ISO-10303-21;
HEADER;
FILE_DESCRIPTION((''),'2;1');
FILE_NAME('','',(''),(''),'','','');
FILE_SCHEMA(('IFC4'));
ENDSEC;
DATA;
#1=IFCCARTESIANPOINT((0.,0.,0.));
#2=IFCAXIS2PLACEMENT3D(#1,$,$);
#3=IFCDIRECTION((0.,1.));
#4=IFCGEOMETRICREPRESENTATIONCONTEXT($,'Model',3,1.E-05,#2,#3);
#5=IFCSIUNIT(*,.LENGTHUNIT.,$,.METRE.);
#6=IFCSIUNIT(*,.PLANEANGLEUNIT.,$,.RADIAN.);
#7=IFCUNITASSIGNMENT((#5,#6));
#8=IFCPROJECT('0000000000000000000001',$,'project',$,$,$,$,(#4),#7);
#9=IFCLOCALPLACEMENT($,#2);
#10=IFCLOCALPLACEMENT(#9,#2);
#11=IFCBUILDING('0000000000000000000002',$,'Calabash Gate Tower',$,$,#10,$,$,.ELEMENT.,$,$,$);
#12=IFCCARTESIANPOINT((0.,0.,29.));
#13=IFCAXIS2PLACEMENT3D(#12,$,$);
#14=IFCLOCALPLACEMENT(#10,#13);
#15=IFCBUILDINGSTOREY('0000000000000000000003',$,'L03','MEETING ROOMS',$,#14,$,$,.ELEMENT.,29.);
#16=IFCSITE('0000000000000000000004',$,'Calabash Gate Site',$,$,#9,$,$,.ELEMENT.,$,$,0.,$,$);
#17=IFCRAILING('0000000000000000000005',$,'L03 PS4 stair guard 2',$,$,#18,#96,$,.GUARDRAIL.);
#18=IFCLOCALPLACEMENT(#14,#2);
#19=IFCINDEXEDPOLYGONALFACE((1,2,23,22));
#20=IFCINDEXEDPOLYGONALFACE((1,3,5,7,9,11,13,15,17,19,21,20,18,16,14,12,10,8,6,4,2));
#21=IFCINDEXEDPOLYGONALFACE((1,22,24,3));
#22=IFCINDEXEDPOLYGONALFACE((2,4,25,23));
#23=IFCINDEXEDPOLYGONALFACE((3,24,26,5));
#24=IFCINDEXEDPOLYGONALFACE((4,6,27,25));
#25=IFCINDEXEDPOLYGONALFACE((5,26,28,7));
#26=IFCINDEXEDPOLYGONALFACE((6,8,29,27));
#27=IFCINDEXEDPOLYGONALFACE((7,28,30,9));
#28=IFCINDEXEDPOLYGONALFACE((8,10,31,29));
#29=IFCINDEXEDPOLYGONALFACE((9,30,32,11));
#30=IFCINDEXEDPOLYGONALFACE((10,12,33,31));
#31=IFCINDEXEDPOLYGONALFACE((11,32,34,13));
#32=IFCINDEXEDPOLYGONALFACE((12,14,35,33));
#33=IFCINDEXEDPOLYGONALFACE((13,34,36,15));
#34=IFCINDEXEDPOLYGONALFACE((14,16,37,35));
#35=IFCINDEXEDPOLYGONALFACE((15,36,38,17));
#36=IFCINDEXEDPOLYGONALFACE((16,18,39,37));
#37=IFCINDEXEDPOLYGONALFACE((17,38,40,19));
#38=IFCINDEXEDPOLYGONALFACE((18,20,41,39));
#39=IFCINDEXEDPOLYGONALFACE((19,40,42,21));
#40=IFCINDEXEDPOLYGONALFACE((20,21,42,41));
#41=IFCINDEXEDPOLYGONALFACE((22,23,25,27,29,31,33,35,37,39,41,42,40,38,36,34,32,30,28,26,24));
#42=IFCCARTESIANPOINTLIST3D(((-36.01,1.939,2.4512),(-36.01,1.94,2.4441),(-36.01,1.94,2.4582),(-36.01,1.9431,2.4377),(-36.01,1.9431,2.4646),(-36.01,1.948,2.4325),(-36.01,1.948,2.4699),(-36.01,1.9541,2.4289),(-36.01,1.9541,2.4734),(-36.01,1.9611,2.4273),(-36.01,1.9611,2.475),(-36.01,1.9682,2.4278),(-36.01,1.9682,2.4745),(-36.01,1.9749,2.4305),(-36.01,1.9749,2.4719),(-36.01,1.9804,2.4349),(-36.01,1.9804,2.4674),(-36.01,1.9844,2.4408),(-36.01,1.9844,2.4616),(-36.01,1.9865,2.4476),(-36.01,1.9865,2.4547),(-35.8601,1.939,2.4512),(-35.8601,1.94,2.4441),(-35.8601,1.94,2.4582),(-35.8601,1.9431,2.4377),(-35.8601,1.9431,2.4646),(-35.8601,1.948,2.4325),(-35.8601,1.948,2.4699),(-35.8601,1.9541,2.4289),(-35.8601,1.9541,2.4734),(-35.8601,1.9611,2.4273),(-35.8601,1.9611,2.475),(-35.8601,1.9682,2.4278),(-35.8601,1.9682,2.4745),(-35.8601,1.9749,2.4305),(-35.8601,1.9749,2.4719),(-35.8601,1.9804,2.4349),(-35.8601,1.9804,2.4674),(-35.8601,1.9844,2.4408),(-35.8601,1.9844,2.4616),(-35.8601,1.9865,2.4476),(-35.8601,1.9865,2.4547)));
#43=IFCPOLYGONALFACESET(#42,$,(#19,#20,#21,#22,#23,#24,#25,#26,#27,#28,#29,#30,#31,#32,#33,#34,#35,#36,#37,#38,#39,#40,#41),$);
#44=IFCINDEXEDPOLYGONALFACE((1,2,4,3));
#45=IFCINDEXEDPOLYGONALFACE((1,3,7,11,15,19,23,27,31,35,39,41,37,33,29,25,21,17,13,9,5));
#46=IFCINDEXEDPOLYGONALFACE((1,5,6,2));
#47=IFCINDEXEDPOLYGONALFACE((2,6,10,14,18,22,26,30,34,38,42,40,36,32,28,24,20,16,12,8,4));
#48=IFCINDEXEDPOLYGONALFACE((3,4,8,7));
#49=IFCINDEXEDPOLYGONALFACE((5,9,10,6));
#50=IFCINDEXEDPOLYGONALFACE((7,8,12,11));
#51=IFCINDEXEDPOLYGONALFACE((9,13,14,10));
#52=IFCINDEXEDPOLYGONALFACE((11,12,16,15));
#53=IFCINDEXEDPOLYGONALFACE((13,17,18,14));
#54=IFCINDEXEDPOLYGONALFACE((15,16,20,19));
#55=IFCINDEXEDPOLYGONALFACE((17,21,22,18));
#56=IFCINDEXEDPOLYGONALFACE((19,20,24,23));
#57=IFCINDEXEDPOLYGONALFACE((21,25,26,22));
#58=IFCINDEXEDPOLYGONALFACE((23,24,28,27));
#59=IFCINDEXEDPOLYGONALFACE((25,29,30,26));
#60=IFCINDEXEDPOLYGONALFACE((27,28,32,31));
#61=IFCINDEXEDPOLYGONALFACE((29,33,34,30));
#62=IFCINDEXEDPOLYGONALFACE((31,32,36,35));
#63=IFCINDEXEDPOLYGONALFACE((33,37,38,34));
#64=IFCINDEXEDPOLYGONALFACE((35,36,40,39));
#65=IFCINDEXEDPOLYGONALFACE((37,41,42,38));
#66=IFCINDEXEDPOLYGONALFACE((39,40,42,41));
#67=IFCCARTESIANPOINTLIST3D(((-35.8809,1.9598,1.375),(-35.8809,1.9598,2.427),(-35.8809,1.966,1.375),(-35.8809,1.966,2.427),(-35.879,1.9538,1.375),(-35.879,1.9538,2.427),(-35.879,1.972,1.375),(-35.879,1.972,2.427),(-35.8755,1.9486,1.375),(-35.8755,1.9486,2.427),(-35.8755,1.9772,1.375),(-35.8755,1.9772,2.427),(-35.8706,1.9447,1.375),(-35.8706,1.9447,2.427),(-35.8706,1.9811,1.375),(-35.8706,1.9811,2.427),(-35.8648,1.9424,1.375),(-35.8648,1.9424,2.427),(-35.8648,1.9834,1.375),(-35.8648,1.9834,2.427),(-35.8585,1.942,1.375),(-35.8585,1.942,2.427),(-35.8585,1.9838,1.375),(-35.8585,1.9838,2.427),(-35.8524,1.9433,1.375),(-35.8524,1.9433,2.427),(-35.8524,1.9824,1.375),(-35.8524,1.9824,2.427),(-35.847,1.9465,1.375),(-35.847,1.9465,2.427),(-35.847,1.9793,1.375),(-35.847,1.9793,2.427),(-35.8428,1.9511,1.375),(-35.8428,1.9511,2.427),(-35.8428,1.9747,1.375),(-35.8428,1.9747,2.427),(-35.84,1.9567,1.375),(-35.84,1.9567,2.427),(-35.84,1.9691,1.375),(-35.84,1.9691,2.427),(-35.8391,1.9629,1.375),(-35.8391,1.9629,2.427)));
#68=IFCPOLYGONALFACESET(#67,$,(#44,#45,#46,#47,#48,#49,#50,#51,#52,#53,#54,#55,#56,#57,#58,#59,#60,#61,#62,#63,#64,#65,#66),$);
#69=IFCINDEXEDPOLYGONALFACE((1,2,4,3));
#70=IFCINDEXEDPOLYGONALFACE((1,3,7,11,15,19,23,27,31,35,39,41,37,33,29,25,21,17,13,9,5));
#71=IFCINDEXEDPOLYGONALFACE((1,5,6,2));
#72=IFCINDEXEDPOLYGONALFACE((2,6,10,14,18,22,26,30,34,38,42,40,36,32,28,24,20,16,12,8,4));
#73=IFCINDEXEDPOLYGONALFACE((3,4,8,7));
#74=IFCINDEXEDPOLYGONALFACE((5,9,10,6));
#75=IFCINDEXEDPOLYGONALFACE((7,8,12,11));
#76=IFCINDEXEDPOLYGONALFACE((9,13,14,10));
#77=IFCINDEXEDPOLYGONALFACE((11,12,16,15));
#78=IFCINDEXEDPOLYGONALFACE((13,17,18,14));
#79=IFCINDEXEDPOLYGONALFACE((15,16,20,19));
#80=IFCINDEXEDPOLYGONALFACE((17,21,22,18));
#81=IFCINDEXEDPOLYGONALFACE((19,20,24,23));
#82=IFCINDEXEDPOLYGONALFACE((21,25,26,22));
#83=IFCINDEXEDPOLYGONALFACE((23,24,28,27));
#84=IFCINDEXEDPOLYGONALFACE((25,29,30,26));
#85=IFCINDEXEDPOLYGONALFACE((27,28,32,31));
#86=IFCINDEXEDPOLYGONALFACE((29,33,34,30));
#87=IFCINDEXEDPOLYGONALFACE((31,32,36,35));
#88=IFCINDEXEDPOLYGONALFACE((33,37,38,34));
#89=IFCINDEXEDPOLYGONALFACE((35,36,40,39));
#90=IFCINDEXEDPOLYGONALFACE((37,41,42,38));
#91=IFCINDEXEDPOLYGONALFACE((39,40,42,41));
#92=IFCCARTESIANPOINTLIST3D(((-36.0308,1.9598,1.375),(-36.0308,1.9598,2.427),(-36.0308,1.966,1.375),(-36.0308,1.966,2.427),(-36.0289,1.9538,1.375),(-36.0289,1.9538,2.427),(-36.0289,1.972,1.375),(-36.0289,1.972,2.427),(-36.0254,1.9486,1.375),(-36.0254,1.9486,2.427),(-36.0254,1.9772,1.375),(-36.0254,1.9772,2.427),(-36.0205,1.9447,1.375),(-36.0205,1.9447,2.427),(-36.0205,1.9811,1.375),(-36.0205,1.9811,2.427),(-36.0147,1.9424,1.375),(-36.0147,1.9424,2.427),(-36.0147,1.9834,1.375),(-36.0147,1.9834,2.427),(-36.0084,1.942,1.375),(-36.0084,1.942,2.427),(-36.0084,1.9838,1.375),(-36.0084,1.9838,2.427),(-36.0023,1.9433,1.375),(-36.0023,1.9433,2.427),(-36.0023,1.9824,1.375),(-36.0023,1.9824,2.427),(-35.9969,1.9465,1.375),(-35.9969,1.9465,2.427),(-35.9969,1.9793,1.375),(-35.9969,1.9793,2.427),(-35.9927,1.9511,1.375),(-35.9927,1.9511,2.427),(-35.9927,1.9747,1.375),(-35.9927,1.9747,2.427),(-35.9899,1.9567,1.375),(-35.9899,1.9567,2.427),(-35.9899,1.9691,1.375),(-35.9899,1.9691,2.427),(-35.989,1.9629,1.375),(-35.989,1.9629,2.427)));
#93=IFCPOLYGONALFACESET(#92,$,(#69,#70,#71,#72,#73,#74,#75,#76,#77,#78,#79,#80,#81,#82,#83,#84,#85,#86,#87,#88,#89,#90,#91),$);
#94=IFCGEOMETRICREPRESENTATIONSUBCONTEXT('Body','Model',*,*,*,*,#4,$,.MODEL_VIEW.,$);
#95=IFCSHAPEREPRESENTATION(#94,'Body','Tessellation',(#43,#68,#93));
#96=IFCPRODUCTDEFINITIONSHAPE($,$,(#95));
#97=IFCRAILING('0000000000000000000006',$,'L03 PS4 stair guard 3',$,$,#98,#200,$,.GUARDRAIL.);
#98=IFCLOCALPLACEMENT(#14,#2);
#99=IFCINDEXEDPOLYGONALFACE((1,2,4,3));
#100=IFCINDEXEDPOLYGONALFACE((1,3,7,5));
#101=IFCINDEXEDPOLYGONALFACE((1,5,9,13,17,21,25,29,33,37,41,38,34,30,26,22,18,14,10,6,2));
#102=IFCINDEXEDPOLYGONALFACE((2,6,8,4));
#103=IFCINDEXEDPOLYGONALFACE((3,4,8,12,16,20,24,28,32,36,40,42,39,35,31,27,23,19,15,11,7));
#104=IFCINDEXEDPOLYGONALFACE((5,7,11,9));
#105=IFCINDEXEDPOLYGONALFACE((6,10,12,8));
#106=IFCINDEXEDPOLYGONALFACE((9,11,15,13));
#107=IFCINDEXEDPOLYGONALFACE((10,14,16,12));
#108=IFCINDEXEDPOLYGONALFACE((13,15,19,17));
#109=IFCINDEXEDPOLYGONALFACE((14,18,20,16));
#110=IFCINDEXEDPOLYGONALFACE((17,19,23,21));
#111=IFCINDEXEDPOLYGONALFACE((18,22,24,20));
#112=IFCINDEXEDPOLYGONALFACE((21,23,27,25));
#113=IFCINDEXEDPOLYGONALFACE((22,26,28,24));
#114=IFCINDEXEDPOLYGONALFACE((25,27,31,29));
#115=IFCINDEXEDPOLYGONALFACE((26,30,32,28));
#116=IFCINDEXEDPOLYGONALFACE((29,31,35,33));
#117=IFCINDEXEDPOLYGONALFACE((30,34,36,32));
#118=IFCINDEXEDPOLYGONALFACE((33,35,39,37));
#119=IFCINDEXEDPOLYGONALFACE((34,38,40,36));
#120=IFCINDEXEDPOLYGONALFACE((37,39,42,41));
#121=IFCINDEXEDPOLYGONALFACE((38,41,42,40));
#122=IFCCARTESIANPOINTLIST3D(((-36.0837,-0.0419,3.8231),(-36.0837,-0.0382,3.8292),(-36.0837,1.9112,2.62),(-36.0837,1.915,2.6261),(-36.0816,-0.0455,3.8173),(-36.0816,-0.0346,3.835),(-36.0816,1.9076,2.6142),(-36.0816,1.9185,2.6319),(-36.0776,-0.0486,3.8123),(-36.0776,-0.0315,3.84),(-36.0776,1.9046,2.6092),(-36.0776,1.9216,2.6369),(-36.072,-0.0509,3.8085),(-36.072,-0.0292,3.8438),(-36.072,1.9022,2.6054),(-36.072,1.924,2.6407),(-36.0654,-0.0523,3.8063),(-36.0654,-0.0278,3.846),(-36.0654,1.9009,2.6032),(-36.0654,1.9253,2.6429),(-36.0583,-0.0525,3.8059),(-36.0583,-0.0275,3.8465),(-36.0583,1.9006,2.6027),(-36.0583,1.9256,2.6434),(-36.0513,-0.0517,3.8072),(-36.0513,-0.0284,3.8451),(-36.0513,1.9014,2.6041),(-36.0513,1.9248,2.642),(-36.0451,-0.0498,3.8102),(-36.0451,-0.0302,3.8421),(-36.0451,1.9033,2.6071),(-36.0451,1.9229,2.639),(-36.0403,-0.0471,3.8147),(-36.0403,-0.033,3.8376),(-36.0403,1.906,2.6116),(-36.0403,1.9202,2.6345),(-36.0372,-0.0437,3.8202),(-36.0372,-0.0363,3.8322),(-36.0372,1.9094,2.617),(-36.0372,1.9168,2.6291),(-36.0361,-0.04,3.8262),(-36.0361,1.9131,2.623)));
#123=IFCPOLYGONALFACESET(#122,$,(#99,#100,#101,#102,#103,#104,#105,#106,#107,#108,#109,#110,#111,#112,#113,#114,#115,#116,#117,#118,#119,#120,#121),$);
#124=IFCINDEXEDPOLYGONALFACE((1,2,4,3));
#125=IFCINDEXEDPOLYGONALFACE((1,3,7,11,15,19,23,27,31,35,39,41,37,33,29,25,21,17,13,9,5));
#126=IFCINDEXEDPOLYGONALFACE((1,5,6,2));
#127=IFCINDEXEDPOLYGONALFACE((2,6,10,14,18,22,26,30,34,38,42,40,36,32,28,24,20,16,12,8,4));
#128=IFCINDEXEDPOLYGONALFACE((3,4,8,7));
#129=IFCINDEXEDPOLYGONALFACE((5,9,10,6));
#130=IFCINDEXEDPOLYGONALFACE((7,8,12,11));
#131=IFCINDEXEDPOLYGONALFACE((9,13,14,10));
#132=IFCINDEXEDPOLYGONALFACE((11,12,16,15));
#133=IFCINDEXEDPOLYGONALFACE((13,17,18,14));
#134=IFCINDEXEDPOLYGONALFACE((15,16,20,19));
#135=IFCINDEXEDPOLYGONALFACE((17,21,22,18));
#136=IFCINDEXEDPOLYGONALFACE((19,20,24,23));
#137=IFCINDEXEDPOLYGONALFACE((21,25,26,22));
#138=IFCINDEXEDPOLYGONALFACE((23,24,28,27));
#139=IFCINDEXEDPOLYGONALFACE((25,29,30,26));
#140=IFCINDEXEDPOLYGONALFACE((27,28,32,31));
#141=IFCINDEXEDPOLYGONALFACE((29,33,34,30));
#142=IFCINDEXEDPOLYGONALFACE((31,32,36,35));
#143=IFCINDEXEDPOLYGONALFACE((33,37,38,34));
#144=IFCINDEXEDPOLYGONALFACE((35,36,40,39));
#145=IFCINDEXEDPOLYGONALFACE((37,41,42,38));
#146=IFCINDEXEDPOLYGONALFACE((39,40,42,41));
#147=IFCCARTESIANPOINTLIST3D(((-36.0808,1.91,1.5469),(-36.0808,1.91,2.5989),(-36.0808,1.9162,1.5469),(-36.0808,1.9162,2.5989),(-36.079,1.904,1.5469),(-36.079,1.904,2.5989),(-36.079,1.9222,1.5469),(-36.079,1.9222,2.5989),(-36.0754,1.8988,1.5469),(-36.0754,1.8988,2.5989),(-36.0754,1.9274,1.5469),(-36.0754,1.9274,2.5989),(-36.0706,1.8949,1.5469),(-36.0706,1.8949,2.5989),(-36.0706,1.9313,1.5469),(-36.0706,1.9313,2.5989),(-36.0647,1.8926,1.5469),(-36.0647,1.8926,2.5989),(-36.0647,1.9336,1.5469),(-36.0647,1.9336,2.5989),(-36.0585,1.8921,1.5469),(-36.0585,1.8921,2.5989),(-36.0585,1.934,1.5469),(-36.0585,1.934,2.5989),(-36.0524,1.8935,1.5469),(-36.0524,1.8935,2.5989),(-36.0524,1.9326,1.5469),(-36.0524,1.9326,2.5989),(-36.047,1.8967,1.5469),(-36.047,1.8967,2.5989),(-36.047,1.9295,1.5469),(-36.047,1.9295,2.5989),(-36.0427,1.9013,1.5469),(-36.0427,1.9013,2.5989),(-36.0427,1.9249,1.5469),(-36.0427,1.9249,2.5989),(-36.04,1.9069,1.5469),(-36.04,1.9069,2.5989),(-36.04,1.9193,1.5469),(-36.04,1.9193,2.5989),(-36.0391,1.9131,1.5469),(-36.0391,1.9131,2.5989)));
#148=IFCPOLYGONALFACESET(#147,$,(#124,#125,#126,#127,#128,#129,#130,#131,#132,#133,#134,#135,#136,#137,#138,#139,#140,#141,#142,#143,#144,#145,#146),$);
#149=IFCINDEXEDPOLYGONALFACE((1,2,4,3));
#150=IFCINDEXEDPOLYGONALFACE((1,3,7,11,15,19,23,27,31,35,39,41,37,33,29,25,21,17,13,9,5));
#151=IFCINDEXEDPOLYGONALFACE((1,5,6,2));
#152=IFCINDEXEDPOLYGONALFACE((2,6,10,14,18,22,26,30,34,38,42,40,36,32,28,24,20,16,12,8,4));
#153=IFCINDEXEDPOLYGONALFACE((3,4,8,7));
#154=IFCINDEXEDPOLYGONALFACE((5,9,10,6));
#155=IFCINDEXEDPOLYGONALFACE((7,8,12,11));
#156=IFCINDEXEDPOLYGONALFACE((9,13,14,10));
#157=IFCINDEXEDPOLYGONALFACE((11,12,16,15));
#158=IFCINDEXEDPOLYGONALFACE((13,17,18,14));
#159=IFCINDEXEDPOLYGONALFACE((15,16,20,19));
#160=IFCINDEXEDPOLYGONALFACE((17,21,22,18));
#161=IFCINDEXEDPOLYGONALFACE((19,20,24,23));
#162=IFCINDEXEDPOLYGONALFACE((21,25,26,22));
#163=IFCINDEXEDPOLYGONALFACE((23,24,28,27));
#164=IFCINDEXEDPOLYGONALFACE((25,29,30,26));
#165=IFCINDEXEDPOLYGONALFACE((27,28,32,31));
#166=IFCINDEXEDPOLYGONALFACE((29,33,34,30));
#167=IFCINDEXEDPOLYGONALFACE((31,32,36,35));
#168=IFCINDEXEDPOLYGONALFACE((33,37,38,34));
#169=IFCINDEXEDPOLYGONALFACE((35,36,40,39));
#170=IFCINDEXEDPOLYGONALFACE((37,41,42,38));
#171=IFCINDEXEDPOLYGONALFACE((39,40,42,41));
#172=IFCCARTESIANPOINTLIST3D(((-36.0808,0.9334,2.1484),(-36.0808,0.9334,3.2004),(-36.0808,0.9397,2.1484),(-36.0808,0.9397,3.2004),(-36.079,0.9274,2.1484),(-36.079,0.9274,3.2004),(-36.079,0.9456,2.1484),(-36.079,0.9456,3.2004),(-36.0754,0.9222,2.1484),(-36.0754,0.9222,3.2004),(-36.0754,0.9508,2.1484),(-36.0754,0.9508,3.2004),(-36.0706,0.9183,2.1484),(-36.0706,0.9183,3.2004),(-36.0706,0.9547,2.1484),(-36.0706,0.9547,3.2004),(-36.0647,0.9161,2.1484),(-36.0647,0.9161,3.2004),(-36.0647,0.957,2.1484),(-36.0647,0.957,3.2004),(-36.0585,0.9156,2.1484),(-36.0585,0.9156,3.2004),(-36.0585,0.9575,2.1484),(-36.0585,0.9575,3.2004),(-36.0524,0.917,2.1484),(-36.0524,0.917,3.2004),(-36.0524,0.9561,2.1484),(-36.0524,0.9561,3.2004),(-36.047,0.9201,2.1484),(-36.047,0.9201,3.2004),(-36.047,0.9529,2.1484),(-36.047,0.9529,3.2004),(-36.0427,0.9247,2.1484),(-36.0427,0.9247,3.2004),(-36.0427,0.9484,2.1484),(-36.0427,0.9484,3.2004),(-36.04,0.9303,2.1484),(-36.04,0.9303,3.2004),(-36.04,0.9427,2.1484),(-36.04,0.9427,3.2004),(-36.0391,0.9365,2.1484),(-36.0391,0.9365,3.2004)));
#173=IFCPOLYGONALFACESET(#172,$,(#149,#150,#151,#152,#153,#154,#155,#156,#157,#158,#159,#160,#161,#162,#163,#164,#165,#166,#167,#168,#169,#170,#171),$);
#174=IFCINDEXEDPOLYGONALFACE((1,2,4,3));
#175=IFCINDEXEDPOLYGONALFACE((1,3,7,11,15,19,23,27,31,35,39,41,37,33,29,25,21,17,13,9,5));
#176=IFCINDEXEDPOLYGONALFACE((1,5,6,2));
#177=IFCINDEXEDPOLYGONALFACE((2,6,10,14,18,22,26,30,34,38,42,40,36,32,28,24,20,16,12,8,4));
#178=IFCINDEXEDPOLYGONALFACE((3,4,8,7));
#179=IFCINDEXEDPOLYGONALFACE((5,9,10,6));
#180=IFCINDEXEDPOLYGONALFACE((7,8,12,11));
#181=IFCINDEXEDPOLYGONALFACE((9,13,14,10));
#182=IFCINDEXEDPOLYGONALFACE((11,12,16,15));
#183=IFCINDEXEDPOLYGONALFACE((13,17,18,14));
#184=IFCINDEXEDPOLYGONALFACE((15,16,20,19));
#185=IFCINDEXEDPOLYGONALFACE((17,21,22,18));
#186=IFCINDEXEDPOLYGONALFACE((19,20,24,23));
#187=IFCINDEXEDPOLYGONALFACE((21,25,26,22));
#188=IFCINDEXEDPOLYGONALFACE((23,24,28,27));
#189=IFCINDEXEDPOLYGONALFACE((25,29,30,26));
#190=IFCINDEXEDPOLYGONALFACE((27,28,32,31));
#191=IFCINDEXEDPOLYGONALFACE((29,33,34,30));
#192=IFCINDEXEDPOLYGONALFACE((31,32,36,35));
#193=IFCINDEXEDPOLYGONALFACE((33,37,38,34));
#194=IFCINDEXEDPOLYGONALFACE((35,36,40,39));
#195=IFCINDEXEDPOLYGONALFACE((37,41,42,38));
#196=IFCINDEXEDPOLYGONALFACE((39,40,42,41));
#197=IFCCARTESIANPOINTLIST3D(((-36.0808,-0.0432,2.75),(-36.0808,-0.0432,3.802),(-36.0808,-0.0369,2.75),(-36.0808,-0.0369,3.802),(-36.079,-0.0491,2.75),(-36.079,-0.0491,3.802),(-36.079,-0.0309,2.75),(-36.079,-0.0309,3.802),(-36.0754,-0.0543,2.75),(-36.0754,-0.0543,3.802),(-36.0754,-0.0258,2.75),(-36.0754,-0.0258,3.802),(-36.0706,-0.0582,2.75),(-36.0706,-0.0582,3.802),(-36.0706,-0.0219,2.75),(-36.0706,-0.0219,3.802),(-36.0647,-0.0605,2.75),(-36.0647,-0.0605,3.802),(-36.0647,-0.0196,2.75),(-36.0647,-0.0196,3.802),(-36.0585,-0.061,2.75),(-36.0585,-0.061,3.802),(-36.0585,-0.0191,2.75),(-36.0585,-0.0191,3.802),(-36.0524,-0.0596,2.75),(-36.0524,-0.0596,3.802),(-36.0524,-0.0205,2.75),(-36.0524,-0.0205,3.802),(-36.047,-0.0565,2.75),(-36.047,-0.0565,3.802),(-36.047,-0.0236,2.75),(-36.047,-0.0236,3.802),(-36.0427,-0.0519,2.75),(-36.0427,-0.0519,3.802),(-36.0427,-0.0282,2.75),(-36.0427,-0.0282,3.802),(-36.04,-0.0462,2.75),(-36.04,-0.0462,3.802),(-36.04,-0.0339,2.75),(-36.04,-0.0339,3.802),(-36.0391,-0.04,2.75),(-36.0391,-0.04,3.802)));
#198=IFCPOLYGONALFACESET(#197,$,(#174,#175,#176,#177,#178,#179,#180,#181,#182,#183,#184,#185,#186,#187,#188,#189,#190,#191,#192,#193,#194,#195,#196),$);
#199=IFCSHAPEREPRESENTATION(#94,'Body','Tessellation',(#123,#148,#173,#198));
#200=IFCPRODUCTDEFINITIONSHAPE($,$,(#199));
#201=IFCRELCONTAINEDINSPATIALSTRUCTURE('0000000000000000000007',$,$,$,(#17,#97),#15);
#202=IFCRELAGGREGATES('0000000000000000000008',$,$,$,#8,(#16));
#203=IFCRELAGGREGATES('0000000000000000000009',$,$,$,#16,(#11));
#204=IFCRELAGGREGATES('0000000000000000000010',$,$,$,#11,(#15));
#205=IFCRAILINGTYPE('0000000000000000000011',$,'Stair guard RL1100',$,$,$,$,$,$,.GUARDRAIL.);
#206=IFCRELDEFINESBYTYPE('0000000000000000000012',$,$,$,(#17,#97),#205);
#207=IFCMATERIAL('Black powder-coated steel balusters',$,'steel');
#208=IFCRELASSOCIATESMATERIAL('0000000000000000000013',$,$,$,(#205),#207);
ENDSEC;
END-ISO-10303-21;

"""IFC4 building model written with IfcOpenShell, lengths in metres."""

from ifc_helpers import new_model, si_unit, direction, frame, origin, origin_2d, place, context, subcontext, project, spatial, circle, extrude, material, type_object, element, save


model = new_model("IFC4")

# Units and contexts
model_context = context("Model", 3, precision=1e-05, world=origin(), true_north=direction((0.0, 1.0)))
body_context = subcontext(model_context, "Body", "Model", "MODEL_VIEW")
ifc_project = project(units=[si_unit("LENGTHUNIT", "METRE"), si_unit("PLANEANGLEUNIT", "RADIAN")], contexts=[model_context])

# Site, building, storey
site_placement = place(None, origin())
site = spatial("IfcSite", under=ifc_project, at=site_placement, Name="Calabash Gate Site", CompositionType="ELEMENT", RefElevation=0.0)
building_placement = place(site_placement, origin())
building = spatial("IfcBuilding", under=site, at=building_placement, Name="Calabash Gate Tower", CompositionType="ELEMENT")
storey_placement = place(building_placement, frame((0.0, 0.0, 29.0)))
storey = spatial("IfcBuildingStorey", under=building, at=storey_placement, Name="L03", Description="MEETING ROOMS", CompositionType="ELEMENT", Elevation=29.0)

# Railings
ifc_material_1 = material(Name="Black powder-coated steel balusters", Category="steel")
railing_type_1 = type_object("IfcRailingType", Name="Stair guard RL1100", PredefinedType="GUARDRAIL", material=ifc_material_1)
railing_1_placement = place(storey_placement, frame((-35.8601, 1.9629, 1.375)))
element("IfcRailing", 1, at=railing_1_placement, inside=storey, type_object=railing_type_1, Name="L03 PS4 stair guard 2", PredefinedType="GUARDRAIL", context=body_context, shape_type="SweptSolid", body=[
    extrude(circle(Radius=0.0239, at=origin_2d()), frame((0.0, 0.0, 1.0762), z_axis=(-1.0, 0.0, 0.0), x_axis=(0.0, -1.0, 0.0)), (0.0, 0.0, 1.0), 0.1499),
    extrude(circle(Radius=0.021, at=origin_2d()), origin(), (0.0, 0.0, 1.0), 1.052),
    extrude(circle(Radius=0.021, at=origin_2d()), frame((-0.1499, 0.0, 0.0)), (0.0, 0.0, 1.0), 1.052),
])
railing_2_placement = place(storey_placement, frame((-36.0601, 1.9131, 1.5469)))
element("IfcRailing", 2, at=railing_2_placement, inside=storey, type_object=railing_type_1, Name="L03 PS4 stair guard 3", PredefinedType="GUARDRAIL", context=body_context, shape_type="SweptSolid", body=[
    extrude(circle(Radius=0.0239, at=origin_2d()), frame((0.0, 0.0, 1.0762), z_axis=(0.0, -0.851424, 0.524477), x_axis=(1.0, 0.0, 0.0)), (0.0, 0.0, 1.0), 2.2939),
    extrude(circle(Radius=0.021, at=origin_2d()), origin(), (0.0, 0.0, 1.0), 1.052),
    extrude(circle(Radius=0.021, at=origin_2d()), frame((0.0, -0.9766, 0.6016)), (0.0, 0.0, 1.0), 1.052),
    extrude(circle(Radius=0.021, at=origin_2d()), frame((0.0, -1.9531, 1.2031)), (0.0, 0.0, 1.0), 1.052),
])

save(model, "model.ifc")
